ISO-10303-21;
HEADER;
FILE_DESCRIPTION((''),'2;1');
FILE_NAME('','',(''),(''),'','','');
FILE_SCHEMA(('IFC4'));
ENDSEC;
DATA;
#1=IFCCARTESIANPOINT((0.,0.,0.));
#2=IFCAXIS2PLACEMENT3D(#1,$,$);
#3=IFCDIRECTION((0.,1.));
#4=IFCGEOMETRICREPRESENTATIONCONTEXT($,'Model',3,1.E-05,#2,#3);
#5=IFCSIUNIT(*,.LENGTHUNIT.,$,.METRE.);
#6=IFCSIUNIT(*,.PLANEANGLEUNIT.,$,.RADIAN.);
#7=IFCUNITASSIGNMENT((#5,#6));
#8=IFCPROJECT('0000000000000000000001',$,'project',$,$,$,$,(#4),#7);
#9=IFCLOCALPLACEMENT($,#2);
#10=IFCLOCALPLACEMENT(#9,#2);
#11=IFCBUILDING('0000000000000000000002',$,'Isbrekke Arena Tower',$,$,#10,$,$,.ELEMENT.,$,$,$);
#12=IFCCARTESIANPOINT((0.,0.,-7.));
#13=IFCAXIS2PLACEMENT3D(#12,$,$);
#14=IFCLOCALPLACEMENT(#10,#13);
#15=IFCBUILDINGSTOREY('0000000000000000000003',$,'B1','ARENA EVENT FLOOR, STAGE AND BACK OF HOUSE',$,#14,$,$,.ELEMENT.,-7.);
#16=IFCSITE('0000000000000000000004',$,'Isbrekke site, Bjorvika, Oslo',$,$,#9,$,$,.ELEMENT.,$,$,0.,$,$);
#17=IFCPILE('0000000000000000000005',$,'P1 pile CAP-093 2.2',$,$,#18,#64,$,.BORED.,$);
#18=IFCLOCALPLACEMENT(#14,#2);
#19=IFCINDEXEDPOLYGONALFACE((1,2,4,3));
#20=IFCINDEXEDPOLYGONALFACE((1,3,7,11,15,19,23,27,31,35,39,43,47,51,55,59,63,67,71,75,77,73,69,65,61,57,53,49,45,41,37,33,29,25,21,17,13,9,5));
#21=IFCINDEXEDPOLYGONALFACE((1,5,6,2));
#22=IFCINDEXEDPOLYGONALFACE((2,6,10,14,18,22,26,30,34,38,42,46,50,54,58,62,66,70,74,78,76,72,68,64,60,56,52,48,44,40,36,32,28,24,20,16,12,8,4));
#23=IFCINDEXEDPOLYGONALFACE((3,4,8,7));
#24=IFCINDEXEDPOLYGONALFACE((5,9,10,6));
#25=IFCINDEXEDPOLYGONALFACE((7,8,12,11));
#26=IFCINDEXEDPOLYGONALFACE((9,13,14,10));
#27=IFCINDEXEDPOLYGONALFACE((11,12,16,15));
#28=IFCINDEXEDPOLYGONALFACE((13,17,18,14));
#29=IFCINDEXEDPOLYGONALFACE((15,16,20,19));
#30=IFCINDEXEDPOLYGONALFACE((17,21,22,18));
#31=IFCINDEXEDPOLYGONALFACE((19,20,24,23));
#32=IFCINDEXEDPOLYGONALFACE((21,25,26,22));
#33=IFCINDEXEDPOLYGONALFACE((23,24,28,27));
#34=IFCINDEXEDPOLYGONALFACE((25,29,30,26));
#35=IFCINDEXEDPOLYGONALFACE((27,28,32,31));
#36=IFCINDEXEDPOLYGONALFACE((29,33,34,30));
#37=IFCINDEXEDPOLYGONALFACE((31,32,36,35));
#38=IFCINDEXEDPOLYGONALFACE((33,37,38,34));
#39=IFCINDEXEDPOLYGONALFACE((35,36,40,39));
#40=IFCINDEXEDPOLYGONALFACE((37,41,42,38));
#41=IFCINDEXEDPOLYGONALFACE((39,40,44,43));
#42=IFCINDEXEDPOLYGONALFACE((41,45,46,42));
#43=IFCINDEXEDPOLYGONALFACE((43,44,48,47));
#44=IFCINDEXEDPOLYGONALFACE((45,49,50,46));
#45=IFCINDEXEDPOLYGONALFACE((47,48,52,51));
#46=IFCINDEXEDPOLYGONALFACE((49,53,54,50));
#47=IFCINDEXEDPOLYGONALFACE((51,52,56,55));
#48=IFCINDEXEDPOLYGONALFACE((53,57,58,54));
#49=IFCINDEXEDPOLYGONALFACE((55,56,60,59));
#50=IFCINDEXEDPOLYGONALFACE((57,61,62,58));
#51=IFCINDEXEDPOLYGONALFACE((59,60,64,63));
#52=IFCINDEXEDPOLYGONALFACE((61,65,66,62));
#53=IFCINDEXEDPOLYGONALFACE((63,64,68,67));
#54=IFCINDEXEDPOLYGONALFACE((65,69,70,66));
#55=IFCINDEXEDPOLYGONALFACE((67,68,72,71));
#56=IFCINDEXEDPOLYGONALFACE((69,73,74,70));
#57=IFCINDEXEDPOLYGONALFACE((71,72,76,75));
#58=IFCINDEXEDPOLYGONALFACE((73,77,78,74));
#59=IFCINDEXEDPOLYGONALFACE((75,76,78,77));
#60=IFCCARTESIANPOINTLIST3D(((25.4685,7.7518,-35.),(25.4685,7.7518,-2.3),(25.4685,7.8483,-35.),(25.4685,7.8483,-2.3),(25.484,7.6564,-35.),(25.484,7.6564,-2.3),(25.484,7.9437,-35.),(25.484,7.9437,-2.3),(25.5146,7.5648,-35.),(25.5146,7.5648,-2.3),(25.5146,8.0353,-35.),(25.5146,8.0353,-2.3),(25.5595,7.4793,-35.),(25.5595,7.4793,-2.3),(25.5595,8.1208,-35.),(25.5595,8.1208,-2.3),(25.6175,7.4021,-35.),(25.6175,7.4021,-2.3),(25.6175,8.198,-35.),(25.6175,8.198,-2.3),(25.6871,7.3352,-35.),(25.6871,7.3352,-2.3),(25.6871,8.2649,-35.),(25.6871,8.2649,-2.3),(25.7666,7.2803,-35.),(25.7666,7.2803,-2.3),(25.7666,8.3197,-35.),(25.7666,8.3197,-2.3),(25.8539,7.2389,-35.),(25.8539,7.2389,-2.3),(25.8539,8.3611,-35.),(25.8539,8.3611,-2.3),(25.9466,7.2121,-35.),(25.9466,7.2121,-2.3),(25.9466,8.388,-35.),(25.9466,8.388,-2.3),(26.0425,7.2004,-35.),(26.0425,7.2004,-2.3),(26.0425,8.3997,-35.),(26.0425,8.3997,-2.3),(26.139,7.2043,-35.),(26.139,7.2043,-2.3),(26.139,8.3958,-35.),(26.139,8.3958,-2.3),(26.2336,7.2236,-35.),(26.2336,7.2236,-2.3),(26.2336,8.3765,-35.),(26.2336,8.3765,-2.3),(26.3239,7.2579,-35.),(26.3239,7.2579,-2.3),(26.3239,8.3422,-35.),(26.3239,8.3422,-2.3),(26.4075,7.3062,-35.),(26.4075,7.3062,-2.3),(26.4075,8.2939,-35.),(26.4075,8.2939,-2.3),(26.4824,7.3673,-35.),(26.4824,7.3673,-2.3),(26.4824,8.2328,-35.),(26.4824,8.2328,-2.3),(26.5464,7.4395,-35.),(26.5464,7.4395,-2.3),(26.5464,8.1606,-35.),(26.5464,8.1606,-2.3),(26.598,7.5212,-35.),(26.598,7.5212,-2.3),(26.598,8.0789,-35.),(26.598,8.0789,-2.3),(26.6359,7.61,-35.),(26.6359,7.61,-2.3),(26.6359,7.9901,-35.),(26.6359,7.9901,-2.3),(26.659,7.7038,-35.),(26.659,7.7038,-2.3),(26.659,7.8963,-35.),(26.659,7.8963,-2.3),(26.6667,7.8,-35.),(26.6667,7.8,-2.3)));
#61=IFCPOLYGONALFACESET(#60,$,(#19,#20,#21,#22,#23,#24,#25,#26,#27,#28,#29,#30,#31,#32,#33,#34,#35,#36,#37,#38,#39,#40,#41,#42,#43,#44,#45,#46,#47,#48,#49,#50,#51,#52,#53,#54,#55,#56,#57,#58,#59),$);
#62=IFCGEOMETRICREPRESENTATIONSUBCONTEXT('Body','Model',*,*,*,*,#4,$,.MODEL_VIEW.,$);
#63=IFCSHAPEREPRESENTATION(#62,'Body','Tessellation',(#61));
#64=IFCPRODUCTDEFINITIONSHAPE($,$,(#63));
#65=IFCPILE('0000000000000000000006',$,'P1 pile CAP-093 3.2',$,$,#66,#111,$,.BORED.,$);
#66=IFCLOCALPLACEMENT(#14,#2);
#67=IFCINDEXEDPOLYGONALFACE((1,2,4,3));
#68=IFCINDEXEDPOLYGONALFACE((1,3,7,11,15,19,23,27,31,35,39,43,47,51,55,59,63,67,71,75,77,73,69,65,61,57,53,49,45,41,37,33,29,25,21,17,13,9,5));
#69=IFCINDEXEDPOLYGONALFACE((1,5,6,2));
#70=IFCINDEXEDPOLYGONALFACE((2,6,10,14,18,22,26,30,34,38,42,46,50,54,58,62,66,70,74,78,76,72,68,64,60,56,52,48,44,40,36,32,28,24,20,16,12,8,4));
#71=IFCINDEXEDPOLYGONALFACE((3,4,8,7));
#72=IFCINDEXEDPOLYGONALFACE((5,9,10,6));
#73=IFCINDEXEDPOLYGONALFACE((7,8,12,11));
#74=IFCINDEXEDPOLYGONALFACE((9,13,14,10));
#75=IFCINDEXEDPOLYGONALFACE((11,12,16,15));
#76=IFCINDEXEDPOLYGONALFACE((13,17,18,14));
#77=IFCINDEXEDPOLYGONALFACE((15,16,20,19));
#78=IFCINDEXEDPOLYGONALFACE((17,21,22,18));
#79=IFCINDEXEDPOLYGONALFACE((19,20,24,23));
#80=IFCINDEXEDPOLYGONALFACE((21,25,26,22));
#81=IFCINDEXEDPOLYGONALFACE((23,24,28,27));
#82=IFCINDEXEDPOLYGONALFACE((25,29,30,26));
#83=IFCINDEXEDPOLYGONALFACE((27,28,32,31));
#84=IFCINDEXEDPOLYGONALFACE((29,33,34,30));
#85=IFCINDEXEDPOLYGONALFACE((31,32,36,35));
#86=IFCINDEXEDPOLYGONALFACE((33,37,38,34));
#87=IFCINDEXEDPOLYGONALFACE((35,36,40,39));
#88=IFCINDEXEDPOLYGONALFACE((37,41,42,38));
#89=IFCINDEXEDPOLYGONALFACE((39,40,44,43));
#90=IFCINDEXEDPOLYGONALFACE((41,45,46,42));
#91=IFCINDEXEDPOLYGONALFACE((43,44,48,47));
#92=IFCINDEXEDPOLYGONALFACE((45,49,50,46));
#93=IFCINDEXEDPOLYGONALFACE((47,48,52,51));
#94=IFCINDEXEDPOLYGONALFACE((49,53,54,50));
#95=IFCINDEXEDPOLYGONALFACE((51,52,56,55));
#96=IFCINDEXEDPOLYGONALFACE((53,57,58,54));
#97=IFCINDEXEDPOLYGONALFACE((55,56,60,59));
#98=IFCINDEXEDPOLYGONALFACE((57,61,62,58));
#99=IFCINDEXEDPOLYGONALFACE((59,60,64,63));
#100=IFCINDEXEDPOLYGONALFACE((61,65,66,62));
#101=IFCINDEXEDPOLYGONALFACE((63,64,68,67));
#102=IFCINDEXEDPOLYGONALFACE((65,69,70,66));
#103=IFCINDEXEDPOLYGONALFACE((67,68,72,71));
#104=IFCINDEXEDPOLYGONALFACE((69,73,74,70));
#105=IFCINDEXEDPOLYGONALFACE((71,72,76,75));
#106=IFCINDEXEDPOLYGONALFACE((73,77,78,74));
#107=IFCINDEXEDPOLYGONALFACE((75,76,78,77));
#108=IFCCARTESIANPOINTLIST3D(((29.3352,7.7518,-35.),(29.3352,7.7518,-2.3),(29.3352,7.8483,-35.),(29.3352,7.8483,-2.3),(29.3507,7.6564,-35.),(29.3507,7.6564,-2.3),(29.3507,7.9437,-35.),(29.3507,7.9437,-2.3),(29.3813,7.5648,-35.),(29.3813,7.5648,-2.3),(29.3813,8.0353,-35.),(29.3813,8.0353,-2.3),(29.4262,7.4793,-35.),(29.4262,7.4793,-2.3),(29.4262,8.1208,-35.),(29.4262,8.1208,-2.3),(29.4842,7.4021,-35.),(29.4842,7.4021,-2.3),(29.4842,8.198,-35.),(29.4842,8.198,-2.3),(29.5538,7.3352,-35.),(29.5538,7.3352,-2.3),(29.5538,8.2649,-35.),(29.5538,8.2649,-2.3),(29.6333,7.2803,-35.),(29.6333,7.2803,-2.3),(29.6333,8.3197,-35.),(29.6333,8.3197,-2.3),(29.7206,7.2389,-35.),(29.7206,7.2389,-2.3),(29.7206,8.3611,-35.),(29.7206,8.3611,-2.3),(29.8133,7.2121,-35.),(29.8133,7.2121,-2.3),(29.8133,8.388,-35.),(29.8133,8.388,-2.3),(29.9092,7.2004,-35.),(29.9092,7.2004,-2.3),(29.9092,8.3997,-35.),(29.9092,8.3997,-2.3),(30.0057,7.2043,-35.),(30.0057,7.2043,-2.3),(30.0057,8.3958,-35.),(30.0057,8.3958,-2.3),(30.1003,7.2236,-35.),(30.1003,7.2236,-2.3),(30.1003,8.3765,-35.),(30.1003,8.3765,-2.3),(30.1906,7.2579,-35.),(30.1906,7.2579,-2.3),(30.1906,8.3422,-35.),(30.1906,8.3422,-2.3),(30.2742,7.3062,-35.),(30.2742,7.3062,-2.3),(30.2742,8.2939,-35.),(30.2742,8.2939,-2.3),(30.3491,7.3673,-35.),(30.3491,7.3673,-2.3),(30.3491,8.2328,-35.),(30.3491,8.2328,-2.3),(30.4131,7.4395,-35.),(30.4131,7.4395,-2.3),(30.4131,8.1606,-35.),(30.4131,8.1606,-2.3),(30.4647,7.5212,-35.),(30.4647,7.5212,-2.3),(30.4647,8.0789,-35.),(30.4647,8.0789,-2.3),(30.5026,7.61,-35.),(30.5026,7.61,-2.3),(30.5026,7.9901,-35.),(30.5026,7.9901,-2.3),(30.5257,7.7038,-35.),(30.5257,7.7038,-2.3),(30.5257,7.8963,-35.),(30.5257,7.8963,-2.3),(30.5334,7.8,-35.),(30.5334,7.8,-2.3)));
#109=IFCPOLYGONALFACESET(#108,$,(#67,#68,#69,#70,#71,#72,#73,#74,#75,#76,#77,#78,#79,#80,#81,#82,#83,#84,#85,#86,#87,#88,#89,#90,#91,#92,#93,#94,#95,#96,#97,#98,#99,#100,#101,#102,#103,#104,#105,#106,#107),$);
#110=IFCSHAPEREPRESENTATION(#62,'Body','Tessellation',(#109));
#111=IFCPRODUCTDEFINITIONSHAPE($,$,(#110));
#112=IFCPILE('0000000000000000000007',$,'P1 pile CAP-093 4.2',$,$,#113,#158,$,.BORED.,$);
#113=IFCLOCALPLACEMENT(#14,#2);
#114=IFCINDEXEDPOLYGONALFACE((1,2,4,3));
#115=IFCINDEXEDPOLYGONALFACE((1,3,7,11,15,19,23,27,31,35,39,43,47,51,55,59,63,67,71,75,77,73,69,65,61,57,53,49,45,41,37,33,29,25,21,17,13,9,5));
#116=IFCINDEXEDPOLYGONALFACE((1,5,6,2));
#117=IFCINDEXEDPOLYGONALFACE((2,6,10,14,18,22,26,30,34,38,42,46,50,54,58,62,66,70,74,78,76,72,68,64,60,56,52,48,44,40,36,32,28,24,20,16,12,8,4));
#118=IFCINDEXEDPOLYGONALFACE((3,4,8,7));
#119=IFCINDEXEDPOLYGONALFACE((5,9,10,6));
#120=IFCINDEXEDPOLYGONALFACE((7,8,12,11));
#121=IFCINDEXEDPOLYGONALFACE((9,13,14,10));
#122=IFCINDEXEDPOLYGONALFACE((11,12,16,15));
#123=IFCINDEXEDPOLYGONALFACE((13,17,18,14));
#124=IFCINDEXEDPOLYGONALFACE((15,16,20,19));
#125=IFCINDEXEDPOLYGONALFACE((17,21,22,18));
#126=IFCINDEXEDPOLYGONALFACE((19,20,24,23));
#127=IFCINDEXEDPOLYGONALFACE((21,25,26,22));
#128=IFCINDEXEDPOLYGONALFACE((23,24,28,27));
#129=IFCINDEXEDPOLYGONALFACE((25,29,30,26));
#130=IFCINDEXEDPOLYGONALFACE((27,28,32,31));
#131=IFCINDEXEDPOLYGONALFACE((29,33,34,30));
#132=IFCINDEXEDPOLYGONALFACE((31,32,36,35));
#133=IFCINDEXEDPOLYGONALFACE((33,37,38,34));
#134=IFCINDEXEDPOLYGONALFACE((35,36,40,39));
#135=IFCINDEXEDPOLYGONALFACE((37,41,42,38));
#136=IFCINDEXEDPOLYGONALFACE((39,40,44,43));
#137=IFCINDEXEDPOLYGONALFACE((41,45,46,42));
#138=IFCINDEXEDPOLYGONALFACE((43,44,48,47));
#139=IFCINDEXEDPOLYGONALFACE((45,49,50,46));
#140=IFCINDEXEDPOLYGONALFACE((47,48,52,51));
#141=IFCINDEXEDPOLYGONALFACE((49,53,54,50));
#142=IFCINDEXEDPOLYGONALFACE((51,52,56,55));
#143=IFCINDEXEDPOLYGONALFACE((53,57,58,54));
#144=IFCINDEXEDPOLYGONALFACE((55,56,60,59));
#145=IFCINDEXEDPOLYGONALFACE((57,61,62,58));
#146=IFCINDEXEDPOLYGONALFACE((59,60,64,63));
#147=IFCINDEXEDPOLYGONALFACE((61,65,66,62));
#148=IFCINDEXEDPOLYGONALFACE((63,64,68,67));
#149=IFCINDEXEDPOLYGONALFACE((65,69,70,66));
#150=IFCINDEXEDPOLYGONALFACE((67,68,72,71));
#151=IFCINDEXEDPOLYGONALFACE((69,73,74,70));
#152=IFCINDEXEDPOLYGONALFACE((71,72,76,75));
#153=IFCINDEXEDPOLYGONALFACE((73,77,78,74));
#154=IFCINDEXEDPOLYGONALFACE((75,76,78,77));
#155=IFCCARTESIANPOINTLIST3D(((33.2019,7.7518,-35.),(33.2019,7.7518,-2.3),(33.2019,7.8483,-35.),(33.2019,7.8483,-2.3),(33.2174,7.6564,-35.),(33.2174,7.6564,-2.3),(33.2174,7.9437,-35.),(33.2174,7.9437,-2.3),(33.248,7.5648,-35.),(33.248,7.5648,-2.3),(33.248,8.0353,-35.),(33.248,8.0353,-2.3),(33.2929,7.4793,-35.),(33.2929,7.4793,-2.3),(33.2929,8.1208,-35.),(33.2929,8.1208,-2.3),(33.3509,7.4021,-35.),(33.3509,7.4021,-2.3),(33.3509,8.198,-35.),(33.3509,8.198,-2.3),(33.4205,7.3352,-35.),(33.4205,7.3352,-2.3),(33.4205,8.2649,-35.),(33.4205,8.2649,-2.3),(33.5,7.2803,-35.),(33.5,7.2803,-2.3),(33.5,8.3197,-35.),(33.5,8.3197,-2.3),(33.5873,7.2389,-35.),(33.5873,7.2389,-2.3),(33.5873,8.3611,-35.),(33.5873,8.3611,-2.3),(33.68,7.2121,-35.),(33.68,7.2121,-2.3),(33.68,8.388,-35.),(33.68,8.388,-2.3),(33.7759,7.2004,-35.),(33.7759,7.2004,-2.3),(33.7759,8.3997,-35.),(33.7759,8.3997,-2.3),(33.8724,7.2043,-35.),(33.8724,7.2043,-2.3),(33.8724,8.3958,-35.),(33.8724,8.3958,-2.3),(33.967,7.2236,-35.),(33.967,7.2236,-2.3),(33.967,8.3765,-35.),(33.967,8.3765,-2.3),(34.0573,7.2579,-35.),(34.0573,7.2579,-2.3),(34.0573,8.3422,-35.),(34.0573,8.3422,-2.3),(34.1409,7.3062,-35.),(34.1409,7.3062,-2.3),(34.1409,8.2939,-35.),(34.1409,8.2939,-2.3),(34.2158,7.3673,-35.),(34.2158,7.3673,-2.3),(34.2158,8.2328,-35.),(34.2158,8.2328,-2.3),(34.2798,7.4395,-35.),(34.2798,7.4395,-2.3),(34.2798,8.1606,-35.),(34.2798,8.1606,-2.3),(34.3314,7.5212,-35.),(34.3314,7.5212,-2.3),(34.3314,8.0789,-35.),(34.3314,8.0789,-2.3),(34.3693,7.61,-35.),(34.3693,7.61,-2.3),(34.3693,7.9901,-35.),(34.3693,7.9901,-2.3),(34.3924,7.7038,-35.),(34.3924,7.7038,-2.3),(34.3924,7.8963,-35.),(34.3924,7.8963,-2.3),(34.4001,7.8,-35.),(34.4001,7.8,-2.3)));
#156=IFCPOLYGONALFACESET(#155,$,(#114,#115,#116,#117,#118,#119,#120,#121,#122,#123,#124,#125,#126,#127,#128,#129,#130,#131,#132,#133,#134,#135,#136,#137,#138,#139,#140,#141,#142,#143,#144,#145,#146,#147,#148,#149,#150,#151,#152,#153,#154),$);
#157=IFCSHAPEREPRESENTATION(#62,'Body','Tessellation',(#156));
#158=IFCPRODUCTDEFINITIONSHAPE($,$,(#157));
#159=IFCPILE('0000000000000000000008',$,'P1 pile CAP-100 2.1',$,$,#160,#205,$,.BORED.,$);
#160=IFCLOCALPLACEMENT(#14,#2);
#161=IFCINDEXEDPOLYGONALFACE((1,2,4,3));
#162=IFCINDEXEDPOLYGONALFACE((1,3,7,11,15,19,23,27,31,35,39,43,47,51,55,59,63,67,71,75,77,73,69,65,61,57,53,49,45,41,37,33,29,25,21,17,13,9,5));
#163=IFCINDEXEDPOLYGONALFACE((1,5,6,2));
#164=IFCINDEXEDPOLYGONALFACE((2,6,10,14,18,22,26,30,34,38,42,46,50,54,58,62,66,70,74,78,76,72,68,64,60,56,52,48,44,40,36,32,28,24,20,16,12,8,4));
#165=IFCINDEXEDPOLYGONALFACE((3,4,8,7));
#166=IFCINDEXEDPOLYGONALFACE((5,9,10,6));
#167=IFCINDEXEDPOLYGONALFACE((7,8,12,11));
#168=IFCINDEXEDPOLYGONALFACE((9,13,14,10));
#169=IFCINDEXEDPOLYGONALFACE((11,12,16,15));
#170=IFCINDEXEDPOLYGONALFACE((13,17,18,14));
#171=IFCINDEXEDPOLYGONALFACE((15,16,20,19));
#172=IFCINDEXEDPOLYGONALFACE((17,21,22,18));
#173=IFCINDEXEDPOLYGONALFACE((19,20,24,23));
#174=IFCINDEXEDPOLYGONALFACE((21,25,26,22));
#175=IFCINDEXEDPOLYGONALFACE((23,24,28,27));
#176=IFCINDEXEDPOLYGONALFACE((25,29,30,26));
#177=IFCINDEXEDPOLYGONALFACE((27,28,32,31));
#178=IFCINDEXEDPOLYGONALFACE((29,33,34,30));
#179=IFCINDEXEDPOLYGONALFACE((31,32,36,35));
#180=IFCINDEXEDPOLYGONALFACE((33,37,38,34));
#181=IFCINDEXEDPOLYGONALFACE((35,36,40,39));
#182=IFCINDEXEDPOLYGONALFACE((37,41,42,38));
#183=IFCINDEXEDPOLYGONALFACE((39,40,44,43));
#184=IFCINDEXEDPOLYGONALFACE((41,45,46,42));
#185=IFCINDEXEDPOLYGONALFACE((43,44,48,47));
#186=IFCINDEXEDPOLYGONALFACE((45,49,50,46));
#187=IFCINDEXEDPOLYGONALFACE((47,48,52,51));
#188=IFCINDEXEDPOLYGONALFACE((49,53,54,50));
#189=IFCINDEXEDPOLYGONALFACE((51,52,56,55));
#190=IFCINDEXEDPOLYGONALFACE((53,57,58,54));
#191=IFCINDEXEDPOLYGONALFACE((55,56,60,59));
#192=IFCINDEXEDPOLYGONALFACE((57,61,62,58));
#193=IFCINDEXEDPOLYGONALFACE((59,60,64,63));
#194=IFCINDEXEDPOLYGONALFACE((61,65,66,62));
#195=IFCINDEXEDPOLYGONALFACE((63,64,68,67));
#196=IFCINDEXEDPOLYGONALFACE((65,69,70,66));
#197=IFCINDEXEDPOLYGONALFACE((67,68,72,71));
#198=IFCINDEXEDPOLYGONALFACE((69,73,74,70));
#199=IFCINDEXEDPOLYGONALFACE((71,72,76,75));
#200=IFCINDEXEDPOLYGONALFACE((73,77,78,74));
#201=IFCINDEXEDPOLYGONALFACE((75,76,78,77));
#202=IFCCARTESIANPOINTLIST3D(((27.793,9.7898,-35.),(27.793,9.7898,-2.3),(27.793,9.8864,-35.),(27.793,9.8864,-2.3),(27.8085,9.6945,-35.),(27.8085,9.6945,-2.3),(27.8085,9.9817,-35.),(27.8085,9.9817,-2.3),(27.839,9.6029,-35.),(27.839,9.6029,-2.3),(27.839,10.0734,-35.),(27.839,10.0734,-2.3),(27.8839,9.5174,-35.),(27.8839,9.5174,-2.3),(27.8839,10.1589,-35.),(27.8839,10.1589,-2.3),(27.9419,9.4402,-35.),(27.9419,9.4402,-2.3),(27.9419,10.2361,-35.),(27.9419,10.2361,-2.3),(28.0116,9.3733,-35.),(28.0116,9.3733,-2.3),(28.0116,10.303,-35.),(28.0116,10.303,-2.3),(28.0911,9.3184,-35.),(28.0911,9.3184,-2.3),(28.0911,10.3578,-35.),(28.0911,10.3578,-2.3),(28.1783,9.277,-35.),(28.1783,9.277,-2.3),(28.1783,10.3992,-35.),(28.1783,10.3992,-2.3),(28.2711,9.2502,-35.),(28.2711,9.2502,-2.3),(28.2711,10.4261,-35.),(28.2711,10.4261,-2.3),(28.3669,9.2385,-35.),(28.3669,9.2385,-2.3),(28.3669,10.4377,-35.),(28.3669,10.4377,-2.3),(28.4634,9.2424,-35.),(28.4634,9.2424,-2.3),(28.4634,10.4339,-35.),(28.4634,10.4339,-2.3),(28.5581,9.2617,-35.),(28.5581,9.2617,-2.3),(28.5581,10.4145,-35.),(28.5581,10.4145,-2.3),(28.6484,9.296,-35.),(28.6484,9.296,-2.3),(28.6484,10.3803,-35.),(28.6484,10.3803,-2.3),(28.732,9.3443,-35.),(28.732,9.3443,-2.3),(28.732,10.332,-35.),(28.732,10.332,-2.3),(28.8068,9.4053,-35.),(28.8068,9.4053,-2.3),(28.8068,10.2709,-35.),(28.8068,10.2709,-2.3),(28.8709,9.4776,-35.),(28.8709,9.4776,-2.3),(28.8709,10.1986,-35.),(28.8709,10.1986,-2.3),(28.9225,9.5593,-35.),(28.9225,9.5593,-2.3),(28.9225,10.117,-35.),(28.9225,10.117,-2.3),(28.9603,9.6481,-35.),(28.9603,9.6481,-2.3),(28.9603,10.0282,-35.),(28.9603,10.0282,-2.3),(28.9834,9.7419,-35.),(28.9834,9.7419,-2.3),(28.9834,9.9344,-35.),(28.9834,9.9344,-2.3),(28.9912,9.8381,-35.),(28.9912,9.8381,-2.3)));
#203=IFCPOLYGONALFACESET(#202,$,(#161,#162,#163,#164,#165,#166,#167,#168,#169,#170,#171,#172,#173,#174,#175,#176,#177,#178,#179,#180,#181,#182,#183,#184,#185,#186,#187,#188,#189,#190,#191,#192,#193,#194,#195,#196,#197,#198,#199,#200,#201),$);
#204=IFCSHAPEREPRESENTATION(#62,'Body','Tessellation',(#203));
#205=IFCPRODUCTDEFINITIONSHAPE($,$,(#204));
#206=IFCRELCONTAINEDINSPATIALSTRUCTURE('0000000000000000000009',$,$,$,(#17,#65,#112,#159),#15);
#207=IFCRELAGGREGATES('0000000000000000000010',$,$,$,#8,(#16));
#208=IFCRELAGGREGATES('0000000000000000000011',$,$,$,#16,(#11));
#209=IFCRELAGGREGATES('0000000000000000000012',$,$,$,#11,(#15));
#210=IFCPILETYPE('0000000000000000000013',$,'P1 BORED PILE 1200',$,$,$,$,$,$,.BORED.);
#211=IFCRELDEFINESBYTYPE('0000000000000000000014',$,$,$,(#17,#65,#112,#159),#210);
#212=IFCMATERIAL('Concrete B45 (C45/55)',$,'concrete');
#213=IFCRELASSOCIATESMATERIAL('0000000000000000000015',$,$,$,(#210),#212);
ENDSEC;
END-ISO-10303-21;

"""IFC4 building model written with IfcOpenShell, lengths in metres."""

from ifc_helpers import new_model, si_unit, direction, frame, origin, origin_2d, place, context, subcontext, project, spatial, circle, extrude, material, material_profile, profile_set, type_object, element, save


model = new_model("IFC4")

# Units and contexts
model_context = context("Model", 3, precision=1e-05, world=origin(), true_north=direction((0.0, 1.0)))
body_context = subcontext(model_context, "Body", "Model", "MODEL_VIEW")
ifc_project = project(units=[si_unit("LENGTHUNIT", "METRE"), si_unit("PLANEANGLEUNIT", "RADIAN")], contexts=[model_context])

# Site, building, storey
site_placement = place(None, origin())
site = spatial("IfcSite", under=ifc_project, at=site_placement, Name="Isbrekke site, Bjorvika, Oslo", CompositionType="ELEMENT", RefElevation=0.0)
building_placement = place(site_placement, origin())
building = spatial("IfcBuilding", under=site, at=building_placement, Name="Isbrekke Arena Tower", CompositionType="ELEMENT")
storey_placement = place(building_placement, frame((0.0, 0.0, -7.0)))
storey = spatial("IfcBuildingStorey", under=building, at=storey_placement, Name="B1", Description="ARENA EVENT FLOOR, STAGE AND BACK OF HOUSE", CompositionType="ELEMENT", Elevation=-7.0)

# Piles
ifc_material_1 = material(Name="Concrete B45 (C45/55)", Category="concrete")
ifc_material_profile_1 = material_profile(ifc_material_1, circle(Radius=0.6001, at=origin_2d()), Name="BORED PILE D1200")
ifc_profile_set_1 = profile_set([ifc_material_profile_1], Name="Concrete B45 (C45/55)")
pile_type = type_object("IfcPileType", Name="P1 BORED PILE 1200", PredefinedType="BORED", material=ifc_profile_set_1)
for number, where, z_axis, x_axis, name in (
    (1, (26.0667, 7.8, -2.3), (0.0, 0.0, -1.0), (1.0, 0.0, 0.0), "P1 pile CAP-093 2.2"),
    (2, (29.9333, 7.8, -2.3), (0.0, 0.0, -1.0), (1.0, 0.0, 0.0), "P1 pile CAP-093 3.2"),
    (3, (33.8, 7.8, -2.3), (0.0, 0.0, -1.0), (1.0, 0.0, 0.0), "P1 pile CAP-093 4.2"),
    (4, (28.3911, 9.8381, -2.3), (0.0, 0.0, -1.0), (1.0, 0.0, 0.0), "P1 pile CAP-100 2.1"),
):
    element("IfcPile", number, at=place(storey_placement, frame(where, z_axis=z_axis, x_axis=x_axis)), inside=storey, type_object=pile_type, Name=name, PredefinedType="BORED", context=body_context, shape_type="SweptSolid", body=[
        extrude(circle(Radius=0.6001, at=origin_2d()), origin(), (0.0, 0.0, 1.0), 32.7),
    ])

save(model, "model.ifc")
